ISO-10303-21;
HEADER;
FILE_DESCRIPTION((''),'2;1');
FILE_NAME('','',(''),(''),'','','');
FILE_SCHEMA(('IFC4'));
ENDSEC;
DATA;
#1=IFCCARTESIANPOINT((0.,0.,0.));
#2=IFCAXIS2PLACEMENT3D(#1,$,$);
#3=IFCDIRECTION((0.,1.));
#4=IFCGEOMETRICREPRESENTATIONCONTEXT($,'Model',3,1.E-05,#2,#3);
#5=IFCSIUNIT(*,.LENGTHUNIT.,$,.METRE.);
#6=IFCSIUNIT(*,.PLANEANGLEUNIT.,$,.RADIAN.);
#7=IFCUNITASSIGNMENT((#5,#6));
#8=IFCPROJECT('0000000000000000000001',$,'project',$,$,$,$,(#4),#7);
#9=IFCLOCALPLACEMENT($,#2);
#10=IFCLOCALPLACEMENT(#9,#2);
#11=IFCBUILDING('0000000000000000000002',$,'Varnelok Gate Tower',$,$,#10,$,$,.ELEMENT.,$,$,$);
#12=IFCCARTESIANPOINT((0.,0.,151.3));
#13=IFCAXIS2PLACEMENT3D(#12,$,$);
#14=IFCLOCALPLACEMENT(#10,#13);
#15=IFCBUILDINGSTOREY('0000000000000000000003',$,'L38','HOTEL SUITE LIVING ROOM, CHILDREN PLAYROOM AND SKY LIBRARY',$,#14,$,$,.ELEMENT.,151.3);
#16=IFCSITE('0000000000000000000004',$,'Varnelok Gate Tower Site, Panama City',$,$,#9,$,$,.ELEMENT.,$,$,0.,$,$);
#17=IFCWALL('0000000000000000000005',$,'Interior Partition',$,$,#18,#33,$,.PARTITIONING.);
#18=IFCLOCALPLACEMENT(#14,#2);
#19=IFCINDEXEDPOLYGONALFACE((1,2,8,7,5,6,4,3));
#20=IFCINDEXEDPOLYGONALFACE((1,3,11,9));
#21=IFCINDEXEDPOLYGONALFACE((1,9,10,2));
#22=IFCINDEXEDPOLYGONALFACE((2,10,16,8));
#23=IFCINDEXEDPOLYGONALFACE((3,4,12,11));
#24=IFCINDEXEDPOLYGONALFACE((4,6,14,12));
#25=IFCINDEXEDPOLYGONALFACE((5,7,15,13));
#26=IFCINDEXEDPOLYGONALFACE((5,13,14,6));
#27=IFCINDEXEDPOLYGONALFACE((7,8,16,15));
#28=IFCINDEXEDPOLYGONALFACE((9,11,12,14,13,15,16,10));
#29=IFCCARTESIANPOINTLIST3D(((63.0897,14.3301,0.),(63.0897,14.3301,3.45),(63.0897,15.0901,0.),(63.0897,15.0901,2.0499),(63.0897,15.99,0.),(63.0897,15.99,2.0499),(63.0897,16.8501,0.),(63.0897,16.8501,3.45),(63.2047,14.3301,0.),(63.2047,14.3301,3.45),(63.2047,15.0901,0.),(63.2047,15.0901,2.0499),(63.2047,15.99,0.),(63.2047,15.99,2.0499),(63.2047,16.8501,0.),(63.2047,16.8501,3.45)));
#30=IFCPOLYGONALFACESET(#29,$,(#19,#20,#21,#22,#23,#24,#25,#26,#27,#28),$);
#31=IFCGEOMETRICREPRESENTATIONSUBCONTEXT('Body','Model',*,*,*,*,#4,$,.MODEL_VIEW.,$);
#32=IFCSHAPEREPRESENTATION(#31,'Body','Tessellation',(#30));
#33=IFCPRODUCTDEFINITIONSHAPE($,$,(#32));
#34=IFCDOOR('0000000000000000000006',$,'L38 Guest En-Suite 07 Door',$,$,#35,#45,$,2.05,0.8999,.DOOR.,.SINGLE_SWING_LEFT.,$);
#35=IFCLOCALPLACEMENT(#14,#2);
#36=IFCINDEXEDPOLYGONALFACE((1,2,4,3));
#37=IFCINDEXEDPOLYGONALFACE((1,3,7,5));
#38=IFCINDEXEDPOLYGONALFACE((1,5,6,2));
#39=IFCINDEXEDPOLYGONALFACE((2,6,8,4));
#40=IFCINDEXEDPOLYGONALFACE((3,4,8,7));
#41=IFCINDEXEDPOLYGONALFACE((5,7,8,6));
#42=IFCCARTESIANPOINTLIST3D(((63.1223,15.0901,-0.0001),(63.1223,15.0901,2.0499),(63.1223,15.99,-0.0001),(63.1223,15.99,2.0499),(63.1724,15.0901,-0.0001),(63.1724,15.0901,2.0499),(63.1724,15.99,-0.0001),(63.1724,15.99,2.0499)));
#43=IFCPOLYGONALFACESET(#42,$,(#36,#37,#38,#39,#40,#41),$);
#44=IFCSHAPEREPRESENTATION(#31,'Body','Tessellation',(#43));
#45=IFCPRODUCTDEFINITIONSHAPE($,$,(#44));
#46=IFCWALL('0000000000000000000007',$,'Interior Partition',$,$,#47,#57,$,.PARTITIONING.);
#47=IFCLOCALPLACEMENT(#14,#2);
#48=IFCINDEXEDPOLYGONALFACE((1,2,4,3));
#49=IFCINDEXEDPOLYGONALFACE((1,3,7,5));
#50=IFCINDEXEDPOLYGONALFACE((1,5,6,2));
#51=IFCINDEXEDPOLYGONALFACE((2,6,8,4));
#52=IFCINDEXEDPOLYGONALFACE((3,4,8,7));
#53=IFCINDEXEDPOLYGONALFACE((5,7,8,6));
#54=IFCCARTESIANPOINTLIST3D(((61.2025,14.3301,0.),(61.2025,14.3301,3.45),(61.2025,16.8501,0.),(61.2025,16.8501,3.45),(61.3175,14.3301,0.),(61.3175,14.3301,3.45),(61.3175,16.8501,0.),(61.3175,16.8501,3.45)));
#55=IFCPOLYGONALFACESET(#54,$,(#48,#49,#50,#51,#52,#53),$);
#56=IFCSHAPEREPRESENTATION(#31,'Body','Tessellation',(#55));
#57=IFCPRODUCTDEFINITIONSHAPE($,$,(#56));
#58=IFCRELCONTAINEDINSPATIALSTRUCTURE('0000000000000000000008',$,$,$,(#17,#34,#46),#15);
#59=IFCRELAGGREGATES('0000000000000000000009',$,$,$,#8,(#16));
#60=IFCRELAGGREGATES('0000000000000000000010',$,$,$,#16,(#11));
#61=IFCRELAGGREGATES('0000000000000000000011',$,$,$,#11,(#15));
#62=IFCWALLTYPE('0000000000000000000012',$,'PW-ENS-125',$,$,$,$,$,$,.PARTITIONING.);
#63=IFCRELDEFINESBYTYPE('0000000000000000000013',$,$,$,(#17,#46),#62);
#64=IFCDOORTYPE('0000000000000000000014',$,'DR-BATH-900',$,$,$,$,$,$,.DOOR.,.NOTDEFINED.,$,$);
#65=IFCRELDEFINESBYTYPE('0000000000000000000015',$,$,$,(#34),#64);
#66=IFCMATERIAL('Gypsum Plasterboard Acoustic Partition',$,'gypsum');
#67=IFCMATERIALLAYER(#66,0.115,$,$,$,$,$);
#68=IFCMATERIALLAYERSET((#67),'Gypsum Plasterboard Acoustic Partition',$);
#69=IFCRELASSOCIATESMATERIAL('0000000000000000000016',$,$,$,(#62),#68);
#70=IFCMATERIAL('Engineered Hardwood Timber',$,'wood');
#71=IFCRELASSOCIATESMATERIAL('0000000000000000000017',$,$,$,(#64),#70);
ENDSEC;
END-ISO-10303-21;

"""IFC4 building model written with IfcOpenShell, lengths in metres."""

from ifc_helpers import new_model, si_unit, direction, frame, frame_2d, origin, place, context, subcontext, project, spatial, rectangle, extrude, material, layer, layer_set, type_object, element, fill, save


model = new_model("IFC4")

# Units and contexts
model_context = context("Model", 3, precision=1e-05, world=origin(), true_north=direction((0.0, 1.0)))
body_context = subcontext(model_context, "Body", "Model", "MODEL_VIEW")
ifc_project = project(units=[si_unit("LENGTHUNIT", "METRE"), si_unit("PLANEANGLEUNIT", "RADIAN")], contexts=[model_context])

# Site, building, storey
site_placement = place(None, origin())
site = spatial("IfcSite", under=ifc_project, at=site_placement, Name="Varnelok Gate Tower Site, Panama City", CompositionType="ELEMENT", RefElevation=0.0)
building_placement = place(site_placement, origin())
building = spatial("IfcBuilding", under=site, at=building_placement, Name="Varnelok Gate Tower", CompositionType="ELEMENT")
storey_placement = place(building_placement, frame((0.0, 0.0, 151.3)))
storey = spatial("IfcBuildingStorey", under=building, at=storey_placement, Name="L38", Description="HOTEL SUITE LIVING ROOM, CHILDREN PLAYROOM AND SKY LIBRARY", CompositionType="ELEMENT", Elevation=151.3)

# Shared definitions
ifc_material_1 = material(Name="Gypsum Plasterboard Acoustic Partition", Category="gypsum")
ifc_material_2 = material(Name="Engineered Hardwood Timber", Category="wood")

# Shared definitions
ifc_layer_1 = layer(ifc_material_1, 0.115)
ifc_layer_set_1 = layer_set([ifc_layer_1], Name="Gypsum Plasterboard Acoustic Partition")
wall_type_1 = type_object("IfcWallType", Name="PW-ENS-125", PredefinedType="PARTITIONING", material=ifc_layer_set_1)

# Wall, opening, door
wall_1_placement = place(storey_placement, frame((63.1472, 14.3301, 0.0), z_axis=(0.0, 0.0, 1.0), x_axis=(0.0, 1.0, 0.0)))
wall_1 = element("IfcWall", 1, at=wall_1_placement, inside=storey, type_object=wall_type_1, Name="Interior Partition", PredefinedType="PARTITIONING", context=body_context, shape_type="SweptSolid", body=[
    extrude(rectangle(XDim=2.52, YDim=0.115, at=frame_2d((1.26, 0.0))), origin(), (0.0, 0.0, 1.0), 3.45),
])
opening_1_placement = place(wall_1_placement, frame((0.76, 0.0, 0.0)))
opening_1 = element("IfcOpeningElement", 2, at=opening_1_placement, cuts=wall_1, PredefinedType="OPENING", context=body_context, shape_type="SweptSolid", body=[
    extrude(rectangle(XDim=0.8999, YDim=2.05, at=frame_2d((0.45, 1.0249))), frame((0.0, 0.0674, 0.0), z_axis=(0.0, -1.0, 0.0), x_axis=(1.0, 0.0, 0.0)), (0.0, 0.0, 1.0), 0.135),
])
door_type_1 = type_object("IfcDoorType", Name="DR-BATH-900", OperationType="NOTDEFINED", PredefinedType="DOOR", material=ifc_material_2)
door_1_placement = place(opening_1_placement, origin())
door_1 = element("IfcDoor", 3, at=door_1_placement, inside=storey, type_object=door_type_1, Name="L38 Guest En-Suite 07 Door", OperationType="SINGLE_SWING_LEFT", OverallHeight=2.05, OverallWidth=0.8999, PredefinedType="DOOR", context=body_context, shape_type="SweptSolid", body=[
    extrude(rectangle(XDim=0.8999, YDim=2.05, at=frame_2d((0.45, 1.0249))), frame((0.0, 0.0249, 0.0), z_axis=(0.0, -1.0, 0.0), x_axis=(1.0, 0.0, 0.0)), (0.0, 0.0, 1.0), 0.05),
])
fill(opening_1, door_1)

# Wall
wall_2_placement = place(storey_placement, frame((61.26, 14.3301, 0.0), z_axis=(0.0, 0.0, 1.0), x_axis=(0.0, 1.0, 0.0)))
element("IfcWall", 4, at=wall_2_placement, inside=storey, type_object=wall_type_1, Name="Interior Partition", PredefinedType="PARTITIONING", context=body_context, shape_type="SweptSolid", body=[
    extrude(rectangle(XDim=2.52, YDim=0.115, at=frame_2d((1.26, 0.0))), origin(), (0.0, 0.0, 1.0), 3.45),
])

save(model, "model.ifc")
